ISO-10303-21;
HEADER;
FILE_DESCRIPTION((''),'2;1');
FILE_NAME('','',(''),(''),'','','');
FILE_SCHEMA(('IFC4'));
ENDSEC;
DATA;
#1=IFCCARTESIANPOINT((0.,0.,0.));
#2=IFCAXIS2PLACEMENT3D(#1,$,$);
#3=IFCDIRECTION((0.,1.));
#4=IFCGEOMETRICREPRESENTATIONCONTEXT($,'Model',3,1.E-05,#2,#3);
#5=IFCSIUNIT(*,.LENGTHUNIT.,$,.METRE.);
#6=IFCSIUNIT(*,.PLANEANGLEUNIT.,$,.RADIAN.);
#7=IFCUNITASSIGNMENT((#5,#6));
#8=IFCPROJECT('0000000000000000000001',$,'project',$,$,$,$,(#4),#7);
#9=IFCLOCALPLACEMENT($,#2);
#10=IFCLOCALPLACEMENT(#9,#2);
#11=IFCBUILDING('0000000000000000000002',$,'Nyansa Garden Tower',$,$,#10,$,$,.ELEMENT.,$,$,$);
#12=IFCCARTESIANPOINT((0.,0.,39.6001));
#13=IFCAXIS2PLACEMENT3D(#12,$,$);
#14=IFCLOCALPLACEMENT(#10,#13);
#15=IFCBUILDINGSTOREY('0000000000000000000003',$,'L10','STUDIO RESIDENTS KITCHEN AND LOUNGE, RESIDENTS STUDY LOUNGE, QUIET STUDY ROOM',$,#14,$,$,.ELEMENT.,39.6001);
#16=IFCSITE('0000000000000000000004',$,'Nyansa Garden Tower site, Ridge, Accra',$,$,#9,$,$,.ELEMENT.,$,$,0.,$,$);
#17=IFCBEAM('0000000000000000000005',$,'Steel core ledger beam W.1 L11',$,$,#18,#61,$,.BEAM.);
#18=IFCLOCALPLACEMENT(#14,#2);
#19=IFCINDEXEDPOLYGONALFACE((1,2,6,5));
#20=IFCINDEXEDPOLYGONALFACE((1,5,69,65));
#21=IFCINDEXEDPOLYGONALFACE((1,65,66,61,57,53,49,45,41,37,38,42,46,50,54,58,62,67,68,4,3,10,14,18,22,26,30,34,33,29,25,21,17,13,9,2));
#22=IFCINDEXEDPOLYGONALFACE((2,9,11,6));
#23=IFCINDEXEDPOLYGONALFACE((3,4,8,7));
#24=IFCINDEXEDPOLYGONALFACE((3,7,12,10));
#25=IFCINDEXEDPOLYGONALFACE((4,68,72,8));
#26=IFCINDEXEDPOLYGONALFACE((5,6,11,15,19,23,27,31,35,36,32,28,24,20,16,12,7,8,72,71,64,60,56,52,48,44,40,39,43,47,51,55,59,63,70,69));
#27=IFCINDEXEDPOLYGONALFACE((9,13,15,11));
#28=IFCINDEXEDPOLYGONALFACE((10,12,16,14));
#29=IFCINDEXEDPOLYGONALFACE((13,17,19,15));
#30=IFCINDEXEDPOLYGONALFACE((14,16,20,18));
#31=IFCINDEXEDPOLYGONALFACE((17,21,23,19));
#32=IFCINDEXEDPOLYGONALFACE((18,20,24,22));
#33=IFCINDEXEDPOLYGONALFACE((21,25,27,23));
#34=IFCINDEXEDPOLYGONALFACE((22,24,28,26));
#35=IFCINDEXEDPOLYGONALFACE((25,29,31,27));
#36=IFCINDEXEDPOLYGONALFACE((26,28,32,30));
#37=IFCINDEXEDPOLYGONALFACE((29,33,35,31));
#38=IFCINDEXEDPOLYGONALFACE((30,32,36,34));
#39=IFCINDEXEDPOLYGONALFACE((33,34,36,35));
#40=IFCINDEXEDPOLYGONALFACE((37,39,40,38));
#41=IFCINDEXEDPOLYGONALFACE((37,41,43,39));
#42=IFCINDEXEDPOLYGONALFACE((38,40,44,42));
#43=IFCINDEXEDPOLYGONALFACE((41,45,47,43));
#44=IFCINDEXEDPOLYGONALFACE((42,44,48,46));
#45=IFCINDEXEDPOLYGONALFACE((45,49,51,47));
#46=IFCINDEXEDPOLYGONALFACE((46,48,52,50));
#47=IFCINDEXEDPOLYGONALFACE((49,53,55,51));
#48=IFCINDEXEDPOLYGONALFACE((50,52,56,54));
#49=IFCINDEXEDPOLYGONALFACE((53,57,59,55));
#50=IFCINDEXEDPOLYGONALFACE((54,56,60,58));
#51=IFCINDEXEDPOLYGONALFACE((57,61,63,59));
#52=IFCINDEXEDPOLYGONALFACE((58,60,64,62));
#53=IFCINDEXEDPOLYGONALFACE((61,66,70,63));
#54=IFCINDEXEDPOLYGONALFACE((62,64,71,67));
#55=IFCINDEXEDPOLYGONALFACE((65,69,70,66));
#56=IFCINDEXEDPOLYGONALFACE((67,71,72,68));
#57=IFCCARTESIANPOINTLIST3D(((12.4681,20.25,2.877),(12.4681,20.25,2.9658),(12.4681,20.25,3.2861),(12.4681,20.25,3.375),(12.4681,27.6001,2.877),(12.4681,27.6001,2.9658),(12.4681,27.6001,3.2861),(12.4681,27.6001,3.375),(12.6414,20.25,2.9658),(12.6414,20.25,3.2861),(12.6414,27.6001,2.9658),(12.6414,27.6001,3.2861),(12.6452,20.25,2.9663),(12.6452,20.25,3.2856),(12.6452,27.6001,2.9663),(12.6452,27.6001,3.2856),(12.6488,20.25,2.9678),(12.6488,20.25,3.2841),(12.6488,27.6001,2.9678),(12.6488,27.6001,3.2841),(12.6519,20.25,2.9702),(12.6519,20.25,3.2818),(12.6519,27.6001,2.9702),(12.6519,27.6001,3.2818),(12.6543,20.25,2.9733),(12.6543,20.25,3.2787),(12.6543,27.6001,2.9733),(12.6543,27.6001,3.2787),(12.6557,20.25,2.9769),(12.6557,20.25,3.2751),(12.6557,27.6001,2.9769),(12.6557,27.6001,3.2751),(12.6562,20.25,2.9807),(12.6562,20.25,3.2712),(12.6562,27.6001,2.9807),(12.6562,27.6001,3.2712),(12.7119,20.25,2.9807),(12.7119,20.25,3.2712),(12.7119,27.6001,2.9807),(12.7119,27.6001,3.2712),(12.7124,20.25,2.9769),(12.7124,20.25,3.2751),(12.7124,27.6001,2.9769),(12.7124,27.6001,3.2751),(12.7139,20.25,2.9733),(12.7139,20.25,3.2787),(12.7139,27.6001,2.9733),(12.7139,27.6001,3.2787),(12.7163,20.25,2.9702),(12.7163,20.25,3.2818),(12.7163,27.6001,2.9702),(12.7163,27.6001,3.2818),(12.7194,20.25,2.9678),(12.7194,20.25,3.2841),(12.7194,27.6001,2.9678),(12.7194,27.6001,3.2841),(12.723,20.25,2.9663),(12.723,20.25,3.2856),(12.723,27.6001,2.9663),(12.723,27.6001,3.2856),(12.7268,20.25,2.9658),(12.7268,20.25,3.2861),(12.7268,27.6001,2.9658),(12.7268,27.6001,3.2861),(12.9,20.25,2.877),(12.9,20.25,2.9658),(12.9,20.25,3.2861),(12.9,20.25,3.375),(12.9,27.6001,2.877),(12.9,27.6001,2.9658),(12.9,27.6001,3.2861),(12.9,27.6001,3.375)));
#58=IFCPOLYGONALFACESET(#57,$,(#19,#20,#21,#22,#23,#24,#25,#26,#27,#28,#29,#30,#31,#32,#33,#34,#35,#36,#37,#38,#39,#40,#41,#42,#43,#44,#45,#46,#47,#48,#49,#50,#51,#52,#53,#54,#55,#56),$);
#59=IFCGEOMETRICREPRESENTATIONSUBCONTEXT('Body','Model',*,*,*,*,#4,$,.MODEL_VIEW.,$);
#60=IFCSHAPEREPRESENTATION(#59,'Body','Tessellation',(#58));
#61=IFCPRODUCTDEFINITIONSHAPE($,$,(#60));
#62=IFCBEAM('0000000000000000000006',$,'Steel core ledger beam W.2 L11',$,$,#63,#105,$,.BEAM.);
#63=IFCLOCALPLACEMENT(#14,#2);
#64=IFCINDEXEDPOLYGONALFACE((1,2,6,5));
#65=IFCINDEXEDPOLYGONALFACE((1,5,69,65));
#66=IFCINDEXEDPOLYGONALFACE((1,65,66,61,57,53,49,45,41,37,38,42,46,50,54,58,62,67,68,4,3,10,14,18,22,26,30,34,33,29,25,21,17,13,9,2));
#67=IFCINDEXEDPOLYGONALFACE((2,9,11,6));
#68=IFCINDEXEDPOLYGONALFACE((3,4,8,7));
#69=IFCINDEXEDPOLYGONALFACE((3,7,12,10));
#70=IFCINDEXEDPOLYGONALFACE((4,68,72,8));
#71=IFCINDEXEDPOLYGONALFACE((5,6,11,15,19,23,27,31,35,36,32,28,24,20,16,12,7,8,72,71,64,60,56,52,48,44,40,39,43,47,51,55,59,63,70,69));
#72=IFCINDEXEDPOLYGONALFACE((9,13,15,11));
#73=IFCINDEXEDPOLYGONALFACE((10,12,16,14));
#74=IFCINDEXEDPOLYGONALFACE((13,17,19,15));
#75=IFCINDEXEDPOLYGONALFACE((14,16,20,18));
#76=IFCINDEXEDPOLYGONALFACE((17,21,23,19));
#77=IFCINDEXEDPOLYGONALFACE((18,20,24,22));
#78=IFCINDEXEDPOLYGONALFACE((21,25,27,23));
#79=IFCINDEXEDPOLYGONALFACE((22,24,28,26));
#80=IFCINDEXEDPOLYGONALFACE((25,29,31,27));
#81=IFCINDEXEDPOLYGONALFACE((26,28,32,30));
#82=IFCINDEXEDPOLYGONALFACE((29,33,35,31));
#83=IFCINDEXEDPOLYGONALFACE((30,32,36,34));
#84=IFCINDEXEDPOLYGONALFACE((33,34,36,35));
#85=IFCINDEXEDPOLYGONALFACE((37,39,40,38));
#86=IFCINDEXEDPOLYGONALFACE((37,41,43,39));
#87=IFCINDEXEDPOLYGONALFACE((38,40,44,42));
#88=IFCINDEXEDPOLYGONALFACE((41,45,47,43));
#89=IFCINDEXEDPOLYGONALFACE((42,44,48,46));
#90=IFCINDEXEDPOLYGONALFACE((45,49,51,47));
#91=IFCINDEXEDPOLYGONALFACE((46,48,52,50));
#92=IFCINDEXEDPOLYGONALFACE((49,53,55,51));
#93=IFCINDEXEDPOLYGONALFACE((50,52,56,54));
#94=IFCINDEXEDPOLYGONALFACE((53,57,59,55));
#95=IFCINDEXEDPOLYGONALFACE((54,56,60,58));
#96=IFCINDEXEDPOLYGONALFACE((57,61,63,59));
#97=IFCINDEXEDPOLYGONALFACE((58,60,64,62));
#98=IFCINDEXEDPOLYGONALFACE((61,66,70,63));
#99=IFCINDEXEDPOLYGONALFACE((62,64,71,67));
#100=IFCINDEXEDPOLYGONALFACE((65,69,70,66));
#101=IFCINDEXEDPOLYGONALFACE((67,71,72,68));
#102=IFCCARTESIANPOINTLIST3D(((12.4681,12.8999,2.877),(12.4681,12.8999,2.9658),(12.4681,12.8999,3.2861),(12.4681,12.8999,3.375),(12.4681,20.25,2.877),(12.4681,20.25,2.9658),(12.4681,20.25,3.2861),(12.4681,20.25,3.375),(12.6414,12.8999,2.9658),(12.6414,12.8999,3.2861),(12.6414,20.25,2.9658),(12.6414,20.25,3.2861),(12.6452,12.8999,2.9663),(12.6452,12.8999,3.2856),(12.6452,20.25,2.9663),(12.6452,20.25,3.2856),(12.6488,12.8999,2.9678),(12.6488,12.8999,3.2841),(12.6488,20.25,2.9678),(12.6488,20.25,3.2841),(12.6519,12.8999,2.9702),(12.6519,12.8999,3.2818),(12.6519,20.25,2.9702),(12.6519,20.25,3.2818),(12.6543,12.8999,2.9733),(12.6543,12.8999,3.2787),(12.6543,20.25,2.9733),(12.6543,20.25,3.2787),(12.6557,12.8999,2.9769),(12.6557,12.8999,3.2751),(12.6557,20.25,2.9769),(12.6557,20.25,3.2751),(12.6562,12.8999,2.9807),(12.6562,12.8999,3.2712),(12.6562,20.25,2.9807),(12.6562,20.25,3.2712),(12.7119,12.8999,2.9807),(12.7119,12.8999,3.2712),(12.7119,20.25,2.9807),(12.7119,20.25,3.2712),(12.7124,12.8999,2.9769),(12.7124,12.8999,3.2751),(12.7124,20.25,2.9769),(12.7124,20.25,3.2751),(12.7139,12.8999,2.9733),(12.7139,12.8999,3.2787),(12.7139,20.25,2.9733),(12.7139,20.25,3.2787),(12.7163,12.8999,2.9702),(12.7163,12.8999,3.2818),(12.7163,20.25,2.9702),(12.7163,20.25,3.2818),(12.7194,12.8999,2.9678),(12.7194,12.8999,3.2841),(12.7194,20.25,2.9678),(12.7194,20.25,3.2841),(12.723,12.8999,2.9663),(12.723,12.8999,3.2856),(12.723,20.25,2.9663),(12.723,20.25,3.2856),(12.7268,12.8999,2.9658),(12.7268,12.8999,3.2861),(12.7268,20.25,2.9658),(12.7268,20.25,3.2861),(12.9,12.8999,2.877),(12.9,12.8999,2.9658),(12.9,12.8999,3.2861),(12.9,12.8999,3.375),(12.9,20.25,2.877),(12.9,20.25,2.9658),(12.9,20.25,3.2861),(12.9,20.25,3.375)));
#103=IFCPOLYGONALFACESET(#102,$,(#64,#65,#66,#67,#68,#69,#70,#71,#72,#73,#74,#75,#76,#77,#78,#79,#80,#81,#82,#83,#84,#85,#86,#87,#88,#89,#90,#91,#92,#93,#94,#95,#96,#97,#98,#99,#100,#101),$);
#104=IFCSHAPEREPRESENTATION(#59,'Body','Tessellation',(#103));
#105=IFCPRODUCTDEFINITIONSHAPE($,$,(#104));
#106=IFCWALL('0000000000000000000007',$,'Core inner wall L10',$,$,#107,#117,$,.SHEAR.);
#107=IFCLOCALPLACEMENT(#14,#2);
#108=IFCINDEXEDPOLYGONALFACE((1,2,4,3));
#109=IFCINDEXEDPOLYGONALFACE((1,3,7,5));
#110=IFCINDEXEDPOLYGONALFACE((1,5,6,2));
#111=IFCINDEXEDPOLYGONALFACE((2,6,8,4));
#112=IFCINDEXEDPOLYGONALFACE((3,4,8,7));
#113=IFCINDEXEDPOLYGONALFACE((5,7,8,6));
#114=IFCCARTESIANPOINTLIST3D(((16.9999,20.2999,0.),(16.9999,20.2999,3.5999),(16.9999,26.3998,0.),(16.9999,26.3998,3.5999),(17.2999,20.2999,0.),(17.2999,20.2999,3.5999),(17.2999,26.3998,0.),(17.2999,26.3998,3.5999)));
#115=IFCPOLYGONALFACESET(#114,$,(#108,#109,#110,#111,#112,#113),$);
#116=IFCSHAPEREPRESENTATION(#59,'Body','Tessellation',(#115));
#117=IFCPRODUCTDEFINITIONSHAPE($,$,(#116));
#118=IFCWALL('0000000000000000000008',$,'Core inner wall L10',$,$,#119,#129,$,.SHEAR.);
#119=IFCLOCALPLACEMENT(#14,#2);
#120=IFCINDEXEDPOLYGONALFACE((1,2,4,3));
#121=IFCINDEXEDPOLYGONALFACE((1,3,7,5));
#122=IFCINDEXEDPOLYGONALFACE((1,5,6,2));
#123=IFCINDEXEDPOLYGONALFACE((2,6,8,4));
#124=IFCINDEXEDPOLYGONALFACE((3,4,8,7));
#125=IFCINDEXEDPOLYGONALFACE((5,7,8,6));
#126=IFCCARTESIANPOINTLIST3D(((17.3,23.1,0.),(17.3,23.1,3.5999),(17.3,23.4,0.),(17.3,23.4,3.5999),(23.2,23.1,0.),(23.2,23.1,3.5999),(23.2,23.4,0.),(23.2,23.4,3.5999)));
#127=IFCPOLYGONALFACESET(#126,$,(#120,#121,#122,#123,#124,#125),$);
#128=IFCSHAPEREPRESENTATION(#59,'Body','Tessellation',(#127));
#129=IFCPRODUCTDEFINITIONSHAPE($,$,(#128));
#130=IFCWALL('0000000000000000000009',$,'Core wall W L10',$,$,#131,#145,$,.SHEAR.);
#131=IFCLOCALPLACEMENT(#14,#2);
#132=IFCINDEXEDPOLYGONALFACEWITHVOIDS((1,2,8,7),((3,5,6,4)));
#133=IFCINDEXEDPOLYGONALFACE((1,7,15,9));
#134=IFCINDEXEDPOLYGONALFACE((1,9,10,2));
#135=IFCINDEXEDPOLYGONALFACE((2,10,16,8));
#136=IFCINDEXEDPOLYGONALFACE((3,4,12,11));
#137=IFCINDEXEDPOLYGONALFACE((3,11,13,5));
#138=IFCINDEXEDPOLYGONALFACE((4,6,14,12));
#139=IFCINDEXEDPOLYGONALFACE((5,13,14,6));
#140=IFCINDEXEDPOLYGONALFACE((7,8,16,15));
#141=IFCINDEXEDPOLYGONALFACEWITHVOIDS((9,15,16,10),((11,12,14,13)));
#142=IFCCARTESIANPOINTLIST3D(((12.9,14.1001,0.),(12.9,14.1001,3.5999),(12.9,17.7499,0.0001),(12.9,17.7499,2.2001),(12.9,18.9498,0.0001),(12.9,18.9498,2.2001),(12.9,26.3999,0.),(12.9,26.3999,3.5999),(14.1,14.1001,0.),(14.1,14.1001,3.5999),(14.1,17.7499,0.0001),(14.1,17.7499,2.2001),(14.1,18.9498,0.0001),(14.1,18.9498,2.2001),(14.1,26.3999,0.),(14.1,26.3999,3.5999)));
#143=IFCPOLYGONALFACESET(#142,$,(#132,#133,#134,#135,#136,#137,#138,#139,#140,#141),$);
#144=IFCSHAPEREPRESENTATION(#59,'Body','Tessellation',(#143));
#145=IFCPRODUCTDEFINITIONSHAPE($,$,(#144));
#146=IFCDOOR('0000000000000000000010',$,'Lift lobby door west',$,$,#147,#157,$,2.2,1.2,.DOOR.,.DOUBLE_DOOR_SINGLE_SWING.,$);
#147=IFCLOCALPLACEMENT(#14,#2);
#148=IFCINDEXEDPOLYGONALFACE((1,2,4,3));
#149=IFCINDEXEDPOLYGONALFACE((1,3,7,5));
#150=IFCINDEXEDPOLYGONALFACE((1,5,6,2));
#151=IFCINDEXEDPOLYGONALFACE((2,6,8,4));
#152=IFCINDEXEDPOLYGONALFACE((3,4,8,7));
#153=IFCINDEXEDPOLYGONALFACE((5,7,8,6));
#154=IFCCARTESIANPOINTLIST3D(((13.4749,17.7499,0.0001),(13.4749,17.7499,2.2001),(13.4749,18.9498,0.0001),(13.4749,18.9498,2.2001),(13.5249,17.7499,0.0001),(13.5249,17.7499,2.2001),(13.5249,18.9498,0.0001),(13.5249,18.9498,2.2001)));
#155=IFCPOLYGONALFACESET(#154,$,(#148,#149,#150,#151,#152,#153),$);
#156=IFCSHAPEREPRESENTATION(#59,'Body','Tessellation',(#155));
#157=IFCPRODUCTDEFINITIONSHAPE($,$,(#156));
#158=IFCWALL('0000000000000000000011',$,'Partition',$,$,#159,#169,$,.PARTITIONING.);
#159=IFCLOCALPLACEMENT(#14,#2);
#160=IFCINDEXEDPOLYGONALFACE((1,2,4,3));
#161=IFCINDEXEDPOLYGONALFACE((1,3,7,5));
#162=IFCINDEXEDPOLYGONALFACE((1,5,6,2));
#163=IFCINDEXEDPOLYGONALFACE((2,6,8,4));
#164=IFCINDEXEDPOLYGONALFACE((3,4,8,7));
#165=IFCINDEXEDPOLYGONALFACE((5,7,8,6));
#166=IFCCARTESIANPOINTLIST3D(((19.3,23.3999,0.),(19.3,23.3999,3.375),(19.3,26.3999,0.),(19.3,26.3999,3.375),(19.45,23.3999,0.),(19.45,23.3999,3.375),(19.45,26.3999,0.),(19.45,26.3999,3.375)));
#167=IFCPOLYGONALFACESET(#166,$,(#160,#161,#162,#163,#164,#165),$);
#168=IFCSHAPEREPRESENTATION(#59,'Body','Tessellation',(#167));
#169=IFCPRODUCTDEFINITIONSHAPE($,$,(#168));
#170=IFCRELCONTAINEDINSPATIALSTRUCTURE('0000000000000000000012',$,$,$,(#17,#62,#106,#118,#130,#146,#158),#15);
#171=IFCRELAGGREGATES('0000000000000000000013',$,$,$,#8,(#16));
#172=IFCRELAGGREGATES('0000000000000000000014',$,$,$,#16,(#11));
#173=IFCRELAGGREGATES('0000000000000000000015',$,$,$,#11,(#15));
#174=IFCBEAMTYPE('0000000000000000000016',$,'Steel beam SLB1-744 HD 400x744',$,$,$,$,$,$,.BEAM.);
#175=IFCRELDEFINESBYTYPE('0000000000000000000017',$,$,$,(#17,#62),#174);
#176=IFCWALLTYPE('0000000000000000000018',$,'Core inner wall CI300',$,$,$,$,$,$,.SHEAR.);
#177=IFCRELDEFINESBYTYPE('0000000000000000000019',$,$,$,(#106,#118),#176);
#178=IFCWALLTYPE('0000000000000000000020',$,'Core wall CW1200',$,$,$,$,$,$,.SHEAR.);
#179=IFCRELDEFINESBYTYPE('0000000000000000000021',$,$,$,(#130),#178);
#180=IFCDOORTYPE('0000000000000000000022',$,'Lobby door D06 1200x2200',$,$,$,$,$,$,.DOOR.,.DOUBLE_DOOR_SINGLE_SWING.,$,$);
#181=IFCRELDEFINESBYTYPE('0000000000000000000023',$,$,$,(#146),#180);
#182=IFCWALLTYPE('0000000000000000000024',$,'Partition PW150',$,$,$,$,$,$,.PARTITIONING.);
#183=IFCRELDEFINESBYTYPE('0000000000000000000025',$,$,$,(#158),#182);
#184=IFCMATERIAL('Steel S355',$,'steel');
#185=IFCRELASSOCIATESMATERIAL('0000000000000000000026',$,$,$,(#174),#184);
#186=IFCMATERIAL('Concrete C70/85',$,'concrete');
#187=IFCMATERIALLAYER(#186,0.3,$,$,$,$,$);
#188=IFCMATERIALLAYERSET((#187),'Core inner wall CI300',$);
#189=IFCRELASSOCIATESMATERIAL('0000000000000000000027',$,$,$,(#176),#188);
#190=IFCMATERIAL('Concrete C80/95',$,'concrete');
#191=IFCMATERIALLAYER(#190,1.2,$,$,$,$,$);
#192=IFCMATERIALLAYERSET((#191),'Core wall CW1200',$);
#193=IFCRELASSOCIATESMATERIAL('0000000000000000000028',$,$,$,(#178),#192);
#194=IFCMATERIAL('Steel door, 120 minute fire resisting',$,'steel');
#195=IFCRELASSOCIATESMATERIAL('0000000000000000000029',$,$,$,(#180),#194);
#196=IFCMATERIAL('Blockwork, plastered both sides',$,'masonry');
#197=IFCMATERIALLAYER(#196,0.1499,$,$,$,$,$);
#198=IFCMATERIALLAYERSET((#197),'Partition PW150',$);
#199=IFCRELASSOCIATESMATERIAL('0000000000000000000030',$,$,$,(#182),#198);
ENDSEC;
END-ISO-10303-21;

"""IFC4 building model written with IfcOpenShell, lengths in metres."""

from ifc_helpers import new_model, si_unit, direction, frame, frame_2d, origin, origin_2d, place, context, subcontext, project, spatial, rectangle, i_section, extrude, material, layer, layer_set, material_profile, profile_set, type_object, element, fill, save


model = new_model("IFC4")

# Units and contexts
model_context = context("Model", 3, precision=1e-05, world=origin(), true_north=direction((0.0, 1.0)))
body_context = subcontext(model_context, "Body", "Model", "MODEL_VIEW")
ifc_project = project(units=[si_unit("LENGTHUNIT", "METRE"), si_unit("PLANEANGLEUNIT", "RADIAN")], contexts=[model_context])

# Site, building, storey
site_placement = place(None, origin())
site = spatial("IfcSite", under=ifc_project, at=site_placement, Name="Nyansa Garden Tower site, Ridge, Accra", CompositionType="ELEMENT", RefElevation=0.0)
building_placement = place(site_placement, origin())
building = spatial("IfcBuilding", under=site, at=building_placement, Name="Nyansa Garden Tower", CompositionType="ELEMENT")
storey_placement = place(building_placement, frame((0.0, 0.0, 39.6001)))
storey = spatial("IfcBuildingStorey", under=building, at=storey_placement, Name="L10", Description="STUDIO RESIDENTS KITCHEN AND LOUNGE, RESIDENTS STUDY LOUNGE, QUIET STUDY ROOM", CompositionType="ELEMENT", Elevation=39.6001)

# Beams
ifc_material_1 = material(Name="Steel S355", Category="steel")
ifc_material_profile_1 = material_profile(ifc_material_1, i_section(OverallWidth=0.4319, OverallDepth=0.498, WebThickness=0.0557, FlangeThickness=0.0889, FilletRadius=0.0149, at=origin_2d()), Name="HD 400x744")
ifc_profile_set_1 = profile_set([ifc_material_profile_1], Name="Steel S355")
beam_type_1 = type_object("IfcBeamType", Name="Steel beam SLB1-744 HD 400x744", PredefinedType="BEAM", material=ifc_profile_set_1)
for number, where, z_axis, x_axis, name in (
    (1, (12.6841, 27.6001, 3.126), (0.0, -1.0, 0.0), (1.0, 0.0, 0.0), "Steel core ledger beam W.1 L11"),
    (2, (12.6841, 20.25, 3.126), (0.0, -1.0, 0.0), (1.0, 0.0, 0.0), "Steel core ledger beam W.2 L11"),
):
    element("IfcBeam", number, at=place(storey_placement, frame(where, z_axis=z_axis, x_axis=x_axis)), inside=storey, type_object=beam_type_1, Name=name, PredefinedType="BEAM", context=body_context, shape_type="SweptSolid", body=[
        extrude(i_section(OverallWidth=0.4319, OverallDepth=0.498, WebThickness=0.0557, FlangeThickness=0.0889, FilletRadius=0.0149, at=origin_2d()), origin(), (0.0, 0.0, 1.0), 7.3501),
    ])

# Walls
ifc_material_2 = material(Name="Concrete C70/85", Category="concrete")
ifc_layer_1 = layer(ifc_material_2, 0.3)
ifc_layer_set_1 = layer_set([ifc_layer_1], Name="Core inner wall CI300")
wall_type_1 = type_object("IfcWallType", Name="Core inner wall CI300", PredefinedType="SHEAR", material=ifc_layer_set_1)
wall_1_placement = place(storey_placement, frame((17.1499, 20.3, 0.0), z_axis=(0.0, 0.0, 1.0), x_axis=(0.0, 1.0, 0.0)))
element("IfcWall", 3, at=wall_1_placement, inside=storey, type_object=wall_type_1, Name="Core inner wall L10", PredefinedType="SHEAR", context=body_context, shape_type="SweptSolid", body=[
    extrude(rectangle(XDim=6.0999, YDim=0.3, at=frame_2d((3.0498, 0.0))), origin(), (0.0, 0.0, 1.0), 3.5999),
])
wall_2_placement = place(storey_placement, frame((17.3, 23.25, 0.0), z_axis=(0.0, 0.0, 1.0), x_axis=(1.0, 0.0, 0.0)))
element("IfcWall", 4, at=wall_2_placement, inside=storey, type_object=wall_type_1, Name="Core inner wall L10", PredefinedType="SHEAR", context=body_context, shape_type="SweptSolid", body=[
    extrude(rectangle(XDim=5.8999, YDim=0.3, at=frame_2d((2.95, 0.0))), origin(), (0.0, 0.0, 1.0), 3.5999),
])

# Wall, opening, door
ifc_material_3 = material(Name="Concrete C80/95", Category="concrete")
ifc_layer_2 = layer(ifc_material_3, 1.2)
ifc_layer_set_2 = layer_set([ifc_layer_2], Name="Core wall CW1200")
wall_type_2 = type_object("IfcWallType", Name="Core wall CW1200", PredefinedType="SHEAR", material=ifc_layer_set_2)
wall_3_placement = place(storey_placement, frame((13.5, 26.3999, 0.0), z_axis=(0.0, 0.0, 1.0), x_axis=(0.0, -1.0, 0.0)))
wall_3 = element("IfcWall", 5, at=wall_3_placement, inside=storey, type_object=wall_type_2, Name="Core wall W L10", PredefinedType="SHEAR", context=body_context, shape_type="SweptSolid", body=[
    extrude(rectangle(XDim=12.2998, YDim=1.2, at=frame_2d((6.1499, 0.0))), origin(), (0.0, 0.0, 1.0), 3.5999),
])
opening_1_placement = place(wall_3_placement, frame((7.45, 0.0, 0.0)))
opening_1 = element("IfcOpeningElement", 6, at=opening_1_placement, cuts=wall_3, PredefinedType="OPENING", context=body_context, shape_type="SweptSolid", body=[
    extrude(rectangle(XDim=1.2, YDim=2.2, at=frame_2d((0.6001, 1.1001))), frame((0.0, 0.6099, 0.0), z_axis=(0.0, -1.0, 0.0), x_axis=(1.0, 0.0, 0.0)), (0.0, 0.0, 1.0), 1.22),
])
ifc_material_4 = material(Name="Steel door, 120 minute fire resisting", Category="steel")
door_type_1 = type_object("IfcDoorType", Name="Lobby door D06 1200x2200", OperationType="DOUBLE_DOOR_SINGLE_SWING", PredefinedType="DOOR", material=ifc_material_4)
door_1_placement = place(opening_1_placement, origin())
door_1 = element("IfcDoor", 7, at=door_1_placement, inside=storey, type_object=door_type_1, Name="Lift lobby door west", OperationType="DOUBLE_DOOR_SINGLE_SWING", OverallHeight=2.2, OverallWidth=1.2, PredefinedType="DOOR", context=body_context, shape_type="SweptSolid", body=[
    extrude(rectangle(XDim=1.2, YDim=2.2, at=frame_2d((0.6001, 1.1001))), frame((0.0, 0.0249, 0.0), z_axis=(0.0, -1.0, 0.0), x_axis=(1.0, 0.0, 0.0)), (0.0, 0.0, 1.0), 0.05),
])
fill(opening_1, door_1)

# Wall
ifc_material_5 = material(Name="Blockwork, plastered both sides", Category="masonry")
ifc_layer_3 = layer(ifc_material_5, 0.1499)
ifc_layer_set_3 = layer_set([ifc_layer_3], Name="Partition PW150")
wall_type_3 = type_object("IfcWallType", Name="Partition PW150", PredefinedType="PARTITIONING", material=ifc_layer_set_3)
wall_4_placement = place(storey_placement, frame((19.375, 23.3999, 0.0), z_axis=(0.0, 0.0, 1.0), x_axis=(0.0, 1.0, 0.0)))
element("IfcWall", 8, at=wall_4_placement, inside=storey, type_object=wall_type_3, Name="Partition", PredefinedType="PARTITIONING", context=body_context, shape_type="SweptSolid", body=[
    extrude(rectangle(XDim=3.0, YDim=0.1499, at=frame_2d((1.5, 0.0))), origin(), (0.0, 0.0, 1.0), 3.375),
])

save(model, "model.ifc")
